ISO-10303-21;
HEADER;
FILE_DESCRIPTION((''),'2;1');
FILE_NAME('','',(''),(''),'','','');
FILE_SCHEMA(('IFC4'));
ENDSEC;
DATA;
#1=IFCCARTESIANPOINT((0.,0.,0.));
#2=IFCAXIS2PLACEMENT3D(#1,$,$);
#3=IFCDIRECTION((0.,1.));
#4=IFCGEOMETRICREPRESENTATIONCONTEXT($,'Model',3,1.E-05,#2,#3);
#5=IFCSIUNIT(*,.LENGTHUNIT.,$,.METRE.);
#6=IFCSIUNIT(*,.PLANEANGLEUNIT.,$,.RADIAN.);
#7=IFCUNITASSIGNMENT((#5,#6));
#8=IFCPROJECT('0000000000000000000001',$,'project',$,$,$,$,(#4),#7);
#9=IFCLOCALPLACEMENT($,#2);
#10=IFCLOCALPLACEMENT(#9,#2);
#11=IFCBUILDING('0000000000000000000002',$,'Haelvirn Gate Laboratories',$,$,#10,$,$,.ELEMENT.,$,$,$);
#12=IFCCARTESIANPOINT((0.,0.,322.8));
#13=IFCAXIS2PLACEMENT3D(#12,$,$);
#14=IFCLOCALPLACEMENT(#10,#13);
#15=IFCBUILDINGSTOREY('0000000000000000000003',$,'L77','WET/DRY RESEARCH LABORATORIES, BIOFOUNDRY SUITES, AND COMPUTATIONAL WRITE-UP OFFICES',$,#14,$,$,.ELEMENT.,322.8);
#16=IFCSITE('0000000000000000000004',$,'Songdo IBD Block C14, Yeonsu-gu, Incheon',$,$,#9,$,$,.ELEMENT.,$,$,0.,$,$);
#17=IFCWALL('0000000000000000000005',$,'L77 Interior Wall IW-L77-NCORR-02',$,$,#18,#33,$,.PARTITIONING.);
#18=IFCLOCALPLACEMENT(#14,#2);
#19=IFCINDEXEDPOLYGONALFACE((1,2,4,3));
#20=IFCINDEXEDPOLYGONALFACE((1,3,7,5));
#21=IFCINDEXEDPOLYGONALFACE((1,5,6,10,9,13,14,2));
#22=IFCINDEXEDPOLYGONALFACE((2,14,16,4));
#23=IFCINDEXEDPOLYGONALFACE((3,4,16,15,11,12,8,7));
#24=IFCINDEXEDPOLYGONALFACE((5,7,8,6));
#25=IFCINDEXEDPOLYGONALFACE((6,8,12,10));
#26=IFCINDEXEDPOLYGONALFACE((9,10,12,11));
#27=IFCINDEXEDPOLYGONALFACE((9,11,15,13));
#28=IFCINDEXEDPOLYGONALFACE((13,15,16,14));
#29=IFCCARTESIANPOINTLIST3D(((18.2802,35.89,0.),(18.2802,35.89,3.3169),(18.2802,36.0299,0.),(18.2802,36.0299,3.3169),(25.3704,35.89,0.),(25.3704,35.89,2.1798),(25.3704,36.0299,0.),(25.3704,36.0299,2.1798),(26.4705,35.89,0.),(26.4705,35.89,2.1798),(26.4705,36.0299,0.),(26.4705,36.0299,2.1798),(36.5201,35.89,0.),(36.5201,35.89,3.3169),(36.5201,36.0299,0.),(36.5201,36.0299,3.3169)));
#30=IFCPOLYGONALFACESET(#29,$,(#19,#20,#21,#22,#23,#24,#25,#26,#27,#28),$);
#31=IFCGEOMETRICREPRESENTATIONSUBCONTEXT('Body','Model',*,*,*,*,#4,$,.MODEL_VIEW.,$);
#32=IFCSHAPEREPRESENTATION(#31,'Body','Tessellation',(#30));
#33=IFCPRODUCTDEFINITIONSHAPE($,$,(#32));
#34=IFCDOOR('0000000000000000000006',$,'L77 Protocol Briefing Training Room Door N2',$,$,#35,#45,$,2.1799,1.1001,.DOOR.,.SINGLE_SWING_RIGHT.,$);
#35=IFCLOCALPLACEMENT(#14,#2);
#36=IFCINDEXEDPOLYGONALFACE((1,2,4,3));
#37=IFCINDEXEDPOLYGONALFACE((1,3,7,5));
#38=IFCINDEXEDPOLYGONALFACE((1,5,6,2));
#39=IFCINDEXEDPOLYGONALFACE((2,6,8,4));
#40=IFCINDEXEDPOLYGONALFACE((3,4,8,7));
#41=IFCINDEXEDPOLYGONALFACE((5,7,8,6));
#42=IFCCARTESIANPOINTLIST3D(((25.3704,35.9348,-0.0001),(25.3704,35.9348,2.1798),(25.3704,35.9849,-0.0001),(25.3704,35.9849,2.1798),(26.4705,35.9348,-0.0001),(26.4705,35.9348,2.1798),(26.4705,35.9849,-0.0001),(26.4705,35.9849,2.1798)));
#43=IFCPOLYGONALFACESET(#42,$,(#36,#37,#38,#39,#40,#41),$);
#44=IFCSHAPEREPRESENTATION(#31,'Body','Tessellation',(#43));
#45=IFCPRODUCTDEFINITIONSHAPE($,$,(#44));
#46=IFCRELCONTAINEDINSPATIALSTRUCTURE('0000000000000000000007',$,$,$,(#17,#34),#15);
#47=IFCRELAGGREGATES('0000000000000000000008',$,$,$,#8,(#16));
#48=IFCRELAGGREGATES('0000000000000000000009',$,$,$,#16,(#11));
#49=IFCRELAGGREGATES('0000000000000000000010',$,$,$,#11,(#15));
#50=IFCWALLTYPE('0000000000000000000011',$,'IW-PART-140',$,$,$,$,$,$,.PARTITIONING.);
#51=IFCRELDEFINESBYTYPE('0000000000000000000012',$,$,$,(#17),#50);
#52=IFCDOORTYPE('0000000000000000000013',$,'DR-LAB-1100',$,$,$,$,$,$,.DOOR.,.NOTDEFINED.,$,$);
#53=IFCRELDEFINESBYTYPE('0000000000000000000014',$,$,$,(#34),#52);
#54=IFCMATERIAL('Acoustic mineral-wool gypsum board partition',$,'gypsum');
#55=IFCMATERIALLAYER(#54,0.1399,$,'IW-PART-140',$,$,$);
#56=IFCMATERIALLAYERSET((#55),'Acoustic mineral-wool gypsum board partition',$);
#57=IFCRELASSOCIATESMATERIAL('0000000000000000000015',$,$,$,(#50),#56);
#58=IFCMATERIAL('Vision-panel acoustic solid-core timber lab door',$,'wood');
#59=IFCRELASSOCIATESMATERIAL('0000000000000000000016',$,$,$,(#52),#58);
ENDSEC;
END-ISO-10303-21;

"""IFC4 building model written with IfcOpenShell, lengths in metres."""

from ifc_helpers import new_model, si_unit, direction, frame, frame_2d, origin, place, context, subcontext, project, spatial, rectangle, extrude, source, transform, mapped, material, layer, layer_set, type_object, type_shapes, element, fill, save


model = new_model("IFC4")

# Units and contexts
model_context = context("Model", 3, precision=1e-05, world=origin(), true_north=direction((0.0, 1.0)))
body_context = subcontext(model_context, "Body", "Model", "MODEL_VIEW")
ifc_project = project(units=[si_unit("LENGTHUNIT", "METRE"), si_unit("PLANEANGLEUNIT", "RADIAN")], contexts=[model_context])

# Site, building, storey
site_placement = place(None, origin())
site = spatial("IfcSite", under=ifc_project, at=site_placement, Name="Songdo IBD Block C14, Yeonsu-gu, Incheon", CompositionType="ELEMENT", RefElevation=0.0)
building_placement = place(site_placement, origin())
building = spatial("IfcBuilding", under=site, at=building_placement, Name="Haelvirn Gate Laboratories", CompositionType="ELEMENT")
storey_placement = place(building_placement, frame((0.0, 0.0, 322.8)))
storey = spatial("IfcBuildingStorey", under=building, at=storey_placement, Name="L77", Description="WET/DRY RESEARCH LABORATORIES, BIOFOUNDRY SUITES, AND COMPUTATIONAL WRITE-UP OFFICES", CompositionType="ELEMENT", Elevation=322.8)

# Wall, opening, door
ifc_material_1 = material(Name="Acoustic mineral-wool gypsum board partition", Category="gypsum")
ifc_layer_1 = layer(ifc_material_1, 0.1399, Name="IW-PART-140")
ifc_layer_set_1 = layer_set([ifc_layer_1], Name="Acoustic mineral-wool gypsum board partition")
wall_type_1 = type_object("IfcWallType", Name="IW-PART-140", PredefinedType="PARTITIONING", material=ifc_layer_set_1)
wall_1_placement = place(storey_placement, frame((18.28, 35.96, 0.0), z_axis=(0.0, 0.0, 1.0), x_axis=(1.0, 0.0, 0.0)))
wall_1 = element("IfcWall", 1, at=wall_1_placement, inside=storey, type_object=wall_type_1, Name="L77 Interior Wall IW-L77-NCORR-02", PredefinedType="PARTITIONING", context=body_context, shape_type="SweptSolid", body=[
    extrude(rectangle(XDim=18.24, YDim=0.1399, at=frame_2d((9.1201, 0.0))), origin(), (0.0, 0.0, 1.0), 3.3169),
])
opening_placement = place(wall_1_placement, frame((7.0903, 0.0, 0.0)))
opening = element("IfcOpeningElement", 2, at=opening_placement, cuts=wall_1, PredefinedType="OPENING", context=body_context, shape_type="SweptSolid", body=[
    extrude(rectangle(XDim=1.1001, YDim=2.1799, at=frame_2d((0.55, 1.0898))), frame((0.0, 0.0801, 0.0), z_axis=(0.0, -1.0, 0.0), x_axis=(1.0, 0.0, 0.0)), (0.0, 0.0, 1.0), 0.1599),
])
ifc_material_2 = material(Name="Vision-panel acoustic solid-core timber lab door", Category="wood")
door_type = type_object("IfcDoorType", Name="DR-LAB-1100", OperationType="NOTDEFINED", PredefinedType="DOOR", material=ifc_material_2)
shared_shape_1 = source(origin(), body_context, "Body", "SweptSolid", [
    extrude(rectangle(XDim=1.1001, YDim=2.1799, at=frame_2d((0.55, 1.0898))), frame((0.0, 0.0249, 0.0), z_axis=(0.0, -1.0, 0.0), x_axis=(1.0, 0.0, 0.0)), (0.0, 0.0, 1.0), 0.05),
])
type_shapes(door_type, [shared_shape_1])
door_placement = place(opening_placement, origin())
door = element("IfcDoor", 3, at=door_placement, inside=storey, type_object=door_type, Name="L77 Protocol Briefing Training Room Door N2", OperationType="SINGLE_SWING_RIGHT", OverallHeight=2.1799, OverallWidth=1.1001, PredefinedType="DOOR", context=body_context, shape_type="MappedRepresentation", body=[
    mapped(shared_shape_1, transform((0.0, 0.0, 0.0), scale=1.0)),
])
fill(opening, door)

save(model, "model.ifc")
